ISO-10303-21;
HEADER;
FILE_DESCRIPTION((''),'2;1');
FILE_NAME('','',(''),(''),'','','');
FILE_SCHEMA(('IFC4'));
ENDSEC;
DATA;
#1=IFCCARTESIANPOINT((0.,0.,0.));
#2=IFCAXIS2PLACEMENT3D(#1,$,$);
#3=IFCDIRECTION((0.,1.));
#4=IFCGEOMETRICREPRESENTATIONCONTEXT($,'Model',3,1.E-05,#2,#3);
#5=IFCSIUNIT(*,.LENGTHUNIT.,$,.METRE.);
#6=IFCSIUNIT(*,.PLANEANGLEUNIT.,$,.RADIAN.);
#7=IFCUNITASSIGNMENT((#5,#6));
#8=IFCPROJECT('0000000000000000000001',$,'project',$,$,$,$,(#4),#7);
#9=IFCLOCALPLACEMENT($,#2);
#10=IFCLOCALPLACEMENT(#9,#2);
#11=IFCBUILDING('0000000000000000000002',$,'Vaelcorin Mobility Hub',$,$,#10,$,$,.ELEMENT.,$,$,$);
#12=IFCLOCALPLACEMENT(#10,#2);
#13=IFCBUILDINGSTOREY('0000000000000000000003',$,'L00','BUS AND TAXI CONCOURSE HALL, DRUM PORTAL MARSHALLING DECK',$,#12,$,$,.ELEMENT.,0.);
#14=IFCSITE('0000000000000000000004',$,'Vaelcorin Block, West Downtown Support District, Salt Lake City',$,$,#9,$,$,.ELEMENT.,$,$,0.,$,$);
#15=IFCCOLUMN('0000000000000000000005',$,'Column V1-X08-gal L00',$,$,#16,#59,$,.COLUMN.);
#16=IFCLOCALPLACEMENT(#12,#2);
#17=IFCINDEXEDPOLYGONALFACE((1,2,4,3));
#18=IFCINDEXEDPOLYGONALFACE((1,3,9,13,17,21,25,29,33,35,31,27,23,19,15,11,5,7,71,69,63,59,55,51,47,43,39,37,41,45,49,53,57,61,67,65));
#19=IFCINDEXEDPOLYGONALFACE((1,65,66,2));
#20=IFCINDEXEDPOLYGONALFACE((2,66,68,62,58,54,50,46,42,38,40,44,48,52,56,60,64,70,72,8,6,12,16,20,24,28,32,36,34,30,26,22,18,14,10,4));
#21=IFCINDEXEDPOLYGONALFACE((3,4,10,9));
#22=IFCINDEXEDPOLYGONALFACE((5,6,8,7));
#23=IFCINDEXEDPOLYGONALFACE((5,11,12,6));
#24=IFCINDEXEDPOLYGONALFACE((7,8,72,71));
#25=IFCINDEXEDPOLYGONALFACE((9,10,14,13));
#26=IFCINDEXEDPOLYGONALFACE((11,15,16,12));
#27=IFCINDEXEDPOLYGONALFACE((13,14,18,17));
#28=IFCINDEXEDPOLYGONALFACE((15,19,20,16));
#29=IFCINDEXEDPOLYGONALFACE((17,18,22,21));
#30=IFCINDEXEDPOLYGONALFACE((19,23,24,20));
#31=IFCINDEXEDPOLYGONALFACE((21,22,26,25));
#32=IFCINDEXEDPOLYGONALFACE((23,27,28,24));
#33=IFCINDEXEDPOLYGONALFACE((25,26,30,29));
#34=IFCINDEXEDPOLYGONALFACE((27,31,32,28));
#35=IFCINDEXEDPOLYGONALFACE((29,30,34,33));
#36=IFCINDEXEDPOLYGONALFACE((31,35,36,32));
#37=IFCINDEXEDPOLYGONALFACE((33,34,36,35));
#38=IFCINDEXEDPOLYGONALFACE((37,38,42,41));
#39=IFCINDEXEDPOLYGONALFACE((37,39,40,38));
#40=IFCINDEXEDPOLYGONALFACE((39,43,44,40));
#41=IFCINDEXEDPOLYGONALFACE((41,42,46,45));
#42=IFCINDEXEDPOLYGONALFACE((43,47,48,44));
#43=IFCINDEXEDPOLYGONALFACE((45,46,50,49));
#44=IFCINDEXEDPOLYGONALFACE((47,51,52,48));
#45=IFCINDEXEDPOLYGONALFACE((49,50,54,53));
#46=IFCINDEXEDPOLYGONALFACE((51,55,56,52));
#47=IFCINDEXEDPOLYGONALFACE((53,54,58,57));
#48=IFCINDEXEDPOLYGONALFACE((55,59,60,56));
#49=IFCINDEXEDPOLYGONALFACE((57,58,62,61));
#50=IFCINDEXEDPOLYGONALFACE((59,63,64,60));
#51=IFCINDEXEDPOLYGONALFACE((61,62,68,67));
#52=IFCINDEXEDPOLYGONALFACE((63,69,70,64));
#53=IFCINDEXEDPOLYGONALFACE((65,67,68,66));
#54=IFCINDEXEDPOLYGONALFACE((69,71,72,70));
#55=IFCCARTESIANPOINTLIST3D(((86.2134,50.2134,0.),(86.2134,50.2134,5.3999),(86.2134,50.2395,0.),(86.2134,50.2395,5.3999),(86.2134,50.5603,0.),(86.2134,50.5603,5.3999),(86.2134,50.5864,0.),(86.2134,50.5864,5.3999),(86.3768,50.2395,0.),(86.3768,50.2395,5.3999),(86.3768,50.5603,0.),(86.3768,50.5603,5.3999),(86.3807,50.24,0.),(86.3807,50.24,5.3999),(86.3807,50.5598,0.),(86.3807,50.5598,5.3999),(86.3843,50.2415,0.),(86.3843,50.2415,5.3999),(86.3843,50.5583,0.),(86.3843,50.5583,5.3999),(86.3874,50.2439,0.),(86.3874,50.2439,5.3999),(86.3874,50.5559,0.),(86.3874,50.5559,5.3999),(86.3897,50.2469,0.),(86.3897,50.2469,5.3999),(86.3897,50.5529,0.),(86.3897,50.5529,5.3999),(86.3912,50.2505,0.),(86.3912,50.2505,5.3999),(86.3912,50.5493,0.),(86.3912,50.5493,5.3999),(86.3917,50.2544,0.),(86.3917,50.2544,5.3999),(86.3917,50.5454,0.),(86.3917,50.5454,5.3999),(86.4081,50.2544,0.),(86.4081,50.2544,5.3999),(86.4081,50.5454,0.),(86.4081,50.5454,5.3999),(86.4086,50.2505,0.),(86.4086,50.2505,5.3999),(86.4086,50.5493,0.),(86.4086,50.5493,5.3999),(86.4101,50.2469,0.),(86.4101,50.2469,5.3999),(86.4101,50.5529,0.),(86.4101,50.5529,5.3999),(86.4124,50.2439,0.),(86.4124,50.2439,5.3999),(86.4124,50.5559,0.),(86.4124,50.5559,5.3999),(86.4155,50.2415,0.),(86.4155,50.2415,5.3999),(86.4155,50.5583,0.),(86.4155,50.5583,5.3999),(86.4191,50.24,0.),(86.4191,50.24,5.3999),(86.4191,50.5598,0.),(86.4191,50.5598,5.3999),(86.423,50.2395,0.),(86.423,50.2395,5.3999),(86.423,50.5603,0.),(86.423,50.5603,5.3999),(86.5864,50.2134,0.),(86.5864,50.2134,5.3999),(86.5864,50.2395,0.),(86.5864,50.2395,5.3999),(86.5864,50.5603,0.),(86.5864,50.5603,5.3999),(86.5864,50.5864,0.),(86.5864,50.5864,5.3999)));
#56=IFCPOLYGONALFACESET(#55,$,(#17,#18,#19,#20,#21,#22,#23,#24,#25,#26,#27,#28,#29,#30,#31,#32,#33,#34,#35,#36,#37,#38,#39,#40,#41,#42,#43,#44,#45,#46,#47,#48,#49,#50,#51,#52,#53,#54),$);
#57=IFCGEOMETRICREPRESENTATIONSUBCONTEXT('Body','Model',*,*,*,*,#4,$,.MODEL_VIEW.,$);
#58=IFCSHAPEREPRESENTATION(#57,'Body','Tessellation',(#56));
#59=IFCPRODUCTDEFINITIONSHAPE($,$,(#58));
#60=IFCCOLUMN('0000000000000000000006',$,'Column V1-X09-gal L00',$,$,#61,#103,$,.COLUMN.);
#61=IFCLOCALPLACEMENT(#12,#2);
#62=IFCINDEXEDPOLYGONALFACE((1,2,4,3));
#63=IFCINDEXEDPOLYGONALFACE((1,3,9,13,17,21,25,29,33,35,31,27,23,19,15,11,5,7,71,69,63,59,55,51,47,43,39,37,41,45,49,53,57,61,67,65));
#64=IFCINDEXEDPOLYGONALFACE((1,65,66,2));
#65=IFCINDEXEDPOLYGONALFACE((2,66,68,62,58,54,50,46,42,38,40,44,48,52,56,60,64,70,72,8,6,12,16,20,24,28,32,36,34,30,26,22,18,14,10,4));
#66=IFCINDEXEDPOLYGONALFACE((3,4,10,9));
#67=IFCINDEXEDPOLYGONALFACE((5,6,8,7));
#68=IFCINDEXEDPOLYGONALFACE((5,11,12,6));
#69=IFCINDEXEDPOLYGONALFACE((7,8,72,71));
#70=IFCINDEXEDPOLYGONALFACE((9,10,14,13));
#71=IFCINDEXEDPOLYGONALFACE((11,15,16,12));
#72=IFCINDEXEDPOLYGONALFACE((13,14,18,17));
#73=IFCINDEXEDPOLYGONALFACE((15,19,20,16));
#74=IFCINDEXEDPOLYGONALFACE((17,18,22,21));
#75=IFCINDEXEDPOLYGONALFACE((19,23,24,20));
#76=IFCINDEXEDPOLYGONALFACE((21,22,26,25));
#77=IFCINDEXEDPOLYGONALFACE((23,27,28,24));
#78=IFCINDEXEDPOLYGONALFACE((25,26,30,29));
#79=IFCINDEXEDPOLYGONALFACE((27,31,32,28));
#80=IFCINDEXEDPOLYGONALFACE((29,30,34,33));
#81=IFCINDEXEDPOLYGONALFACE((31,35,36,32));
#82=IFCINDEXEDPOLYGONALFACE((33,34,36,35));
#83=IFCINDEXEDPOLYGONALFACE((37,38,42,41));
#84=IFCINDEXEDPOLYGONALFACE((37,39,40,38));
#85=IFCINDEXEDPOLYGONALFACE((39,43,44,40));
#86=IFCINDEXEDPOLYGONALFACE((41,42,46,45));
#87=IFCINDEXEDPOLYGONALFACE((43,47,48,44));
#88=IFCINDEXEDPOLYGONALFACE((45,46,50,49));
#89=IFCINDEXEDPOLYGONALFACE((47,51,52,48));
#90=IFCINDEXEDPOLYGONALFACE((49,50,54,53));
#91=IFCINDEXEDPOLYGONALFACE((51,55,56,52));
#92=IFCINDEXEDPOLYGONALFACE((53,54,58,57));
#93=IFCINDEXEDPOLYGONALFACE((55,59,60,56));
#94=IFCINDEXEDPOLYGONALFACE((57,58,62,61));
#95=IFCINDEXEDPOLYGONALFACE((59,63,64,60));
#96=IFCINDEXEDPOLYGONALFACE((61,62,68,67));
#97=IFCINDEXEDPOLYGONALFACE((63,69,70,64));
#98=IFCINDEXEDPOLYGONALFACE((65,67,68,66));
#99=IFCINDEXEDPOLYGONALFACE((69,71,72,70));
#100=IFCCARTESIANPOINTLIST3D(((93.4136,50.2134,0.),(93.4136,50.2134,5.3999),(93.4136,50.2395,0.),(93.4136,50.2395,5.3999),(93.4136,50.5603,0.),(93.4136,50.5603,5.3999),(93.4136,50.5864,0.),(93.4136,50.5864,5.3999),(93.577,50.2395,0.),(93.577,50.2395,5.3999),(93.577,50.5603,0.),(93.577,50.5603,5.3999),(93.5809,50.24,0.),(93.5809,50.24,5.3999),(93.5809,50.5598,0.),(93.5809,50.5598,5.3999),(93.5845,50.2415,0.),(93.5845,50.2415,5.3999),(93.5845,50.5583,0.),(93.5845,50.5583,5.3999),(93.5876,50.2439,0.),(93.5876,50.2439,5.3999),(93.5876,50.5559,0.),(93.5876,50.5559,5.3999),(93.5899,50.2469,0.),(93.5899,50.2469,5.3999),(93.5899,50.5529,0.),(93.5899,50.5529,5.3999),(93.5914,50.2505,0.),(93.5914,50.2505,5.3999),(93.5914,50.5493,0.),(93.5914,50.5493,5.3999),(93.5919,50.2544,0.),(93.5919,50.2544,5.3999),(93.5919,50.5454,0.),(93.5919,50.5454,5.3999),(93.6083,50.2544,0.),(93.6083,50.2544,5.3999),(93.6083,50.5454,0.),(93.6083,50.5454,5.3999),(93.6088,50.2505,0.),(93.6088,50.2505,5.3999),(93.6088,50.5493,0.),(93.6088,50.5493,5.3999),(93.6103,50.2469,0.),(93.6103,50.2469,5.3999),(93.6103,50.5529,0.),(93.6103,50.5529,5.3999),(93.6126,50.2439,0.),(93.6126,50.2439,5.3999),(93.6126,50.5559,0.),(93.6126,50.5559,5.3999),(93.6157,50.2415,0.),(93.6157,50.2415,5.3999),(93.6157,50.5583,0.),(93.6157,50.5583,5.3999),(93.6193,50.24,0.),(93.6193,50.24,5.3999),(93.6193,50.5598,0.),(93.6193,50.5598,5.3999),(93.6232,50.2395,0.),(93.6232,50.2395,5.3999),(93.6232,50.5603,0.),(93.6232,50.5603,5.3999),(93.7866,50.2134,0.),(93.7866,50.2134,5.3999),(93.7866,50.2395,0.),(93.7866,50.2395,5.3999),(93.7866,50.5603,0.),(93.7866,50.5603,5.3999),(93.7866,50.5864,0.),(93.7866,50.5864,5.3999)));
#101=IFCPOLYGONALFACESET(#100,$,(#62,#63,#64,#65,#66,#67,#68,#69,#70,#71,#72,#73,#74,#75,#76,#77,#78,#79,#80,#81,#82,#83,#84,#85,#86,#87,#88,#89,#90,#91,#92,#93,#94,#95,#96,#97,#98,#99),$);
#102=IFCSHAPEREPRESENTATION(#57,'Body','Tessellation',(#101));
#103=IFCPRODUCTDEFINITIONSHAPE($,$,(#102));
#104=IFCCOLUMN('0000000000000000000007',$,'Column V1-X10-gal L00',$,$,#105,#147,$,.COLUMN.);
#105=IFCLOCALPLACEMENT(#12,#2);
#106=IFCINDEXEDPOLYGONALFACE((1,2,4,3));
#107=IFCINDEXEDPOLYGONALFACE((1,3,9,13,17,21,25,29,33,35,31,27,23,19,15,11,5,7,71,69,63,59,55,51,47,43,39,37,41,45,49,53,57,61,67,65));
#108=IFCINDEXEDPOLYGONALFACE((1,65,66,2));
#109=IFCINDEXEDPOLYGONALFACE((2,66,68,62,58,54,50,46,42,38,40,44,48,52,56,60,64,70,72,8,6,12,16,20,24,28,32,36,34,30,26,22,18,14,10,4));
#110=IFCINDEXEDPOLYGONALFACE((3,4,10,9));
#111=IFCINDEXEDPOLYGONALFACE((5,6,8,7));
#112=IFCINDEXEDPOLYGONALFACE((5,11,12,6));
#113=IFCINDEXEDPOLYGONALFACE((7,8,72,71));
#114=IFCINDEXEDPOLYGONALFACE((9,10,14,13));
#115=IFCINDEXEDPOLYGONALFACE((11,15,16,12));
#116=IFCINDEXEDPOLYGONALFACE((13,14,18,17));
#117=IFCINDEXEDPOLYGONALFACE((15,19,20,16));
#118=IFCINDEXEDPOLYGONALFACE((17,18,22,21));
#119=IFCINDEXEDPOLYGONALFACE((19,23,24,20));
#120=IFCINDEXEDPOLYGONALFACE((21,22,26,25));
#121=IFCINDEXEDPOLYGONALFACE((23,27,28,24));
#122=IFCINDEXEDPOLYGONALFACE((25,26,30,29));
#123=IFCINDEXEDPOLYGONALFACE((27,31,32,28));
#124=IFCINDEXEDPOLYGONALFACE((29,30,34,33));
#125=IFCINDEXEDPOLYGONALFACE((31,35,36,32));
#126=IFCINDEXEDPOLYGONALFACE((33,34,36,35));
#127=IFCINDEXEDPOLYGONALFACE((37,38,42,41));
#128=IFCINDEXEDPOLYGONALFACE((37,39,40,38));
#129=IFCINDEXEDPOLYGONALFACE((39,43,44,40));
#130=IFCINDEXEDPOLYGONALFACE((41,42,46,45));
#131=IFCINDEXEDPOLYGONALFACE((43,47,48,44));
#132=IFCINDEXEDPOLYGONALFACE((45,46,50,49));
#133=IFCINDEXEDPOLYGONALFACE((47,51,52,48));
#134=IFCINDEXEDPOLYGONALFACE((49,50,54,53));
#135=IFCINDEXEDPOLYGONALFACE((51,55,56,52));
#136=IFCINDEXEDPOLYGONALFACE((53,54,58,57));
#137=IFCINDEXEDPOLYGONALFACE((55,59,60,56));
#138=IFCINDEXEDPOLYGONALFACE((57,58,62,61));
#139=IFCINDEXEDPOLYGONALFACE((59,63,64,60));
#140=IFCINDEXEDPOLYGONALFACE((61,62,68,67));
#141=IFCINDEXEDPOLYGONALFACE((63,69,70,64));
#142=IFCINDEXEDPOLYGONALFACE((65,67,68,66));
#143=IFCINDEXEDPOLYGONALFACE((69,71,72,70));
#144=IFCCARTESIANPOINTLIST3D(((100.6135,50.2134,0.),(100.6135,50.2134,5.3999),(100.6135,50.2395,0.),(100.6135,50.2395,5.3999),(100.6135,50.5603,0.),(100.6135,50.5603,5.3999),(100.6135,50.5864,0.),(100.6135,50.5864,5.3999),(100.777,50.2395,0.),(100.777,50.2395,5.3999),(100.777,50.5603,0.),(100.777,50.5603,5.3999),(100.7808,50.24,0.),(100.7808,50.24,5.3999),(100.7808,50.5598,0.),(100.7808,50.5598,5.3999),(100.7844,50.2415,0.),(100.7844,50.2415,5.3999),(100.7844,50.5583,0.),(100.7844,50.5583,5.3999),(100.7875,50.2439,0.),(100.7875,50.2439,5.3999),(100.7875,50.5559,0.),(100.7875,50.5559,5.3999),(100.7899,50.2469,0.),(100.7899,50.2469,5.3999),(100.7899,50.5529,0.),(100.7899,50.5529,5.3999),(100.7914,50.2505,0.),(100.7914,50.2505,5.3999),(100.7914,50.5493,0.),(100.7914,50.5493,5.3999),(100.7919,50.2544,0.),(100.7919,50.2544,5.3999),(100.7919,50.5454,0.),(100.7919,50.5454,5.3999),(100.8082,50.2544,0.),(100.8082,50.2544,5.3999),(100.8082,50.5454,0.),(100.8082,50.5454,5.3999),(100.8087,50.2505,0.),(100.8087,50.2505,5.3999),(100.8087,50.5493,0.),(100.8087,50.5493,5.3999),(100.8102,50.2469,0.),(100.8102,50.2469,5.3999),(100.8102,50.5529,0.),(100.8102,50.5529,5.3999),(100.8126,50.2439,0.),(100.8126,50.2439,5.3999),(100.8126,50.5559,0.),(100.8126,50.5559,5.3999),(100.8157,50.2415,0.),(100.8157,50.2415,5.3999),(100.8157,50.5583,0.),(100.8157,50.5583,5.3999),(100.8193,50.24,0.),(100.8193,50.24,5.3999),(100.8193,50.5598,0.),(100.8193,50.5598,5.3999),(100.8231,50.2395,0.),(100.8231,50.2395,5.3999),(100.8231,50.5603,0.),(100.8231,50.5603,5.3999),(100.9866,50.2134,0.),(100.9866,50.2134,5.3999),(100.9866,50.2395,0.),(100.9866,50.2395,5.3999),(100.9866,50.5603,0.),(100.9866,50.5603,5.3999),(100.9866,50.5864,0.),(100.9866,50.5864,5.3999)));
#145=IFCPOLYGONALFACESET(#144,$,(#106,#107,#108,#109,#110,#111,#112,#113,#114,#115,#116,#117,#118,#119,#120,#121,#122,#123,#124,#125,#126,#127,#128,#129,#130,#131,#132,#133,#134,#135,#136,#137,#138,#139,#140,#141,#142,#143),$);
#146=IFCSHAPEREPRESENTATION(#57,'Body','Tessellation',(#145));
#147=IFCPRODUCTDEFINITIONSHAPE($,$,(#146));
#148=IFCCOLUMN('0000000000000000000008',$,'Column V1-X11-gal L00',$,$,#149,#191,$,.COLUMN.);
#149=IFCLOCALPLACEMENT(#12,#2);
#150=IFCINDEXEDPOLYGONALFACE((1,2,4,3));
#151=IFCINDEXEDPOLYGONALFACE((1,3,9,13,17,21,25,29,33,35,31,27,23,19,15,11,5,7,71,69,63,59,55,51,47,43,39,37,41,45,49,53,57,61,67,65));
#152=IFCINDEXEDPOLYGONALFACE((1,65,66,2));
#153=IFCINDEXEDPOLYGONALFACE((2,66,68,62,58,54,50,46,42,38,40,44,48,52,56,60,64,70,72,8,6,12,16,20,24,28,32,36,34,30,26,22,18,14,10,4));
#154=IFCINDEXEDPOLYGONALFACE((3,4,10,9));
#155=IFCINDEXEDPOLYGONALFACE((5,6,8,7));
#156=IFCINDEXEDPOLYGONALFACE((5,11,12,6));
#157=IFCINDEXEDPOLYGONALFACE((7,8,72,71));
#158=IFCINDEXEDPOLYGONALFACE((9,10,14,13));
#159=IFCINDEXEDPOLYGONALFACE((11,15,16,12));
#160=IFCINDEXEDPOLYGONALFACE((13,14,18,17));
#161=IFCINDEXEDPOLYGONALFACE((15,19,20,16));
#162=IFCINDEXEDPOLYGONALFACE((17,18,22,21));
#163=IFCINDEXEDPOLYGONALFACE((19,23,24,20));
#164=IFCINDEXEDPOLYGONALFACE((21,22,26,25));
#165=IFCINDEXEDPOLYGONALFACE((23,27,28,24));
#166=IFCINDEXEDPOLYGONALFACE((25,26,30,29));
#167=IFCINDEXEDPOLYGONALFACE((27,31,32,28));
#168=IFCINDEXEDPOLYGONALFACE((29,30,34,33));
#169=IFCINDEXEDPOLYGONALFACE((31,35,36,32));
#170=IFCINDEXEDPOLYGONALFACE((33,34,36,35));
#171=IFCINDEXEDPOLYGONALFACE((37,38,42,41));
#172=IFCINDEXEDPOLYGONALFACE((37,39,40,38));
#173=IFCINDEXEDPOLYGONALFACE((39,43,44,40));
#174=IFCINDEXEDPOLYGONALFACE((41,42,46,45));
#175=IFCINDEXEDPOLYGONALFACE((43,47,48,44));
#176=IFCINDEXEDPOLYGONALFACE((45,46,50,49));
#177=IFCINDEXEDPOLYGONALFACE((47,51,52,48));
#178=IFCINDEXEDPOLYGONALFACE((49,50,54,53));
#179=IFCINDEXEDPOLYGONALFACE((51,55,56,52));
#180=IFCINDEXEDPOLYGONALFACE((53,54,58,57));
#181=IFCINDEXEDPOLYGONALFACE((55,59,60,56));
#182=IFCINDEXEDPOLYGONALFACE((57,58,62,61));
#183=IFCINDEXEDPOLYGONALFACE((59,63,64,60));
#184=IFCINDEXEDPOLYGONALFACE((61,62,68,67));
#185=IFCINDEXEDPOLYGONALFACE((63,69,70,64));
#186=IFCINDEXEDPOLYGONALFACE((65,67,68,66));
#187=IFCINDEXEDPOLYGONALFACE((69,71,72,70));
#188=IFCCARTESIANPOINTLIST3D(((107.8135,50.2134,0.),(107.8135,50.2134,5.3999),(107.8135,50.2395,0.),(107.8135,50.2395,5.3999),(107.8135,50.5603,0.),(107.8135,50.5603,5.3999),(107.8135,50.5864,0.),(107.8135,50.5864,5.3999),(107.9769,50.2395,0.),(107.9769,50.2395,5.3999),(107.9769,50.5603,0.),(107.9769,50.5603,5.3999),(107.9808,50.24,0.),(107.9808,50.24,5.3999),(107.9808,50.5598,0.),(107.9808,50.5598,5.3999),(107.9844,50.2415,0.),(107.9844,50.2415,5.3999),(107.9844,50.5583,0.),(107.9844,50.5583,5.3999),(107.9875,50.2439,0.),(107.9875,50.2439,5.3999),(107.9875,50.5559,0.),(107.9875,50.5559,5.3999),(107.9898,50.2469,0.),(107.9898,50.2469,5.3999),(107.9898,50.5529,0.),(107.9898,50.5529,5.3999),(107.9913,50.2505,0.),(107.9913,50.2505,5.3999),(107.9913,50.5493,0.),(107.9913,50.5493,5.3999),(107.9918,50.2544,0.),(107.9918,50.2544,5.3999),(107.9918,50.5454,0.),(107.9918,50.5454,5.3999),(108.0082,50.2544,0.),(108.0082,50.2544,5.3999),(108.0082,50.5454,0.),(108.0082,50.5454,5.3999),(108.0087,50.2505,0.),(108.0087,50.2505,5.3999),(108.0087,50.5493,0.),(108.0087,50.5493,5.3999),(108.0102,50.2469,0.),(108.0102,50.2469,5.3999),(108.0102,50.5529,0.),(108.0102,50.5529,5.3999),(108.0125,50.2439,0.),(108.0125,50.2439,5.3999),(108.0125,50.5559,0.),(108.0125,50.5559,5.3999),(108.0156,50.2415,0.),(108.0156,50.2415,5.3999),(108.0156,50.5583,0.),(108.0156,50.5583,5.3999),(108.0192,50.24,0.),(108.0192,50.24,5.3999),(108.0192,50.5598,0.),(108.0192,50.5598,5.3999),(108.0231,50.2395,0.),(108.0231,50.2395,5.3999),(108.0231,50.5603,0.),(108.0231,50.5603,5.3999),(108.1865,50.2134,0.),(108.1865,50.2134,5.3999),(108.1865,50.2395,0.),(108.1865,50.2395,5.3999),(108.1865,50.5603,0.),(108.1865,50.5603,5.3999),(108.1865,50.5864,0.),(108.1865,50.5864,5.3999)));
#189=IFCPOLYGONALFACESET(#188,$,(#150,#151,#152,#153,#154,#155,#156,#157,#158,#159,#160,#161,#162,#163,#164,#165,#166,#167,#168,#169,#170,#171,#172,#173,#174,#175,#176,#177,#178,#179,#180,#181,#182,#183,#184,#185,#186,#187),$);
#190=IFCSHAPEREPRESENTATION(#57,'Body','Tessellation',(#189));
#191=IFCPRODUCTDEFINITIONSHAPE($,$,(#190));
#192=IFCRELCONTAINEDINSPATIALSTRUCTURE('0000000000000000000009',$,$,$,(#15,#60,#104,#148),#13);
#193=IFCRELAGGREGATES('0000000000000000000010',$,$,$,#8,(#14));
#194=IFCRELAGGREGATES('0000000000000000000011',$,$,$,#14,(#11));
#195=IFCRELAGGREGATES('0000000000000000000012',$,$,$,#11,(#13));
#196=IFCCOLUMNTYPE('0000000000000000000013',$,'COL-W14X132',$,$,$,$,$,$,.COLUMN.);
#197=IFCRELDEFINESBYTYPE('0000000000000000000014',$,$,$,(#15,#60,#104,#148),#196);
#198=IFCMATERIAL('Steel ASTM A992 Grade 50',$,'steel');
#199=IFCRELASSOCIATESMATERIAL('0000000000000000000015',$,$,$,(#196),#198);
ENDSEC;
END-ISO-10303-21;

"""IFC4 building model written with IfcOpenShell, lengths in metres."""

from ifc_helpers import new_model, si_unit, direction, frame, origin, origin_2d, place, context, subcontext, project, spatial, i_section, extrude, material, material_profile, profile_set, type_object, element, save


model = new_model("IFC4")

# Units and contexts
model_context = context("Model", 3, precision=1e-05, world=origin(), true_north=direction((0.0, 1.0)))
body_context = subcontext(model_context, "Body", "Model", "MODEL_VIEW")
ifc_project = project(units=[si_unit("LENGTHUNIT", "METRE"), si_unit("PLANEANGLEUNIT", "RADIAN")], contexts=[model_context])

# Site, building, storey
site_placement = place(None, origin())
site = spatial("IfcSite", under=ifc_project, at=site_placement, Name="Vaelcorin Block, West Downtown Support District, Salt Lake City", CompositionType="ELEMENT", RefElevation=0.0)
building_placement = place(site_placement, origin())
building = spatial("IfcBuilding", under=site, at=building_placement, Name="Vaelcorin Mobility Hub", CompositionType="ELEMENT")
storey_placement = place(building_placement, origin())
storey = spatial("IfcBuildingStorey", under=building, at=storey_placement, Name="L00", Description="BUS AND TAXI CONCOURSE HALL, DRUM PORTAL MARSHALLING DECK", CompositionType="ELEMENT", Elevation=0.0)

# Columns
ifc_material_1 = material(Name="Steel ASTM A992 Grade 50", Category="steel")
ifc_material_profile_1 = material_profile(ifc_material_1, i_section(OverallWidth=0.373, OverallDepth=0.373, WebThickness=0.0164, FlangeThickness=0.0261, FilletRadius=0.0149, at=origin_2d()), Name="W14X132")
ifc_profile_set_1 = profile_set([ifc_material_profile_1], Name="Steel ASTM A992 Grade 50")
column_type_1 = type_object("IfcColumnType", Name="COL-W14X132", PredefinedType="COLUMN", material=ifc_profile_set_1)
for number, where, z_axis, x_axis, name in (
    (1, (86.3999, 50.3999, 0.0), (0.0, 0.0, 1.0), (1.0, 0.0, 0.0), "Column V1-X08-gal L00"),
    (2, (93.6001, 50.3999, 0.0), (0.0, 0.0, 1.0), (1.0, 0.0, 0.0), "Column V1-X09-gal L00"),
    (3, (100.8, 50.3999, 0.0), (0.0, 0.0, 1.0), (1.0, 0.0, 0.0), "Column V1-X10-gal L00"),
    (4, (108.0, 50.3999, 0.0), (0.0, 0.0, 1.0), (1.0, 0.0, 0.0), "Column V1-X11-gal L00"),
):
    element("IfcColumn", number, at=place(storey_placement, frame(where, z_axis=z_axis, x_axis=x_axis)), inside=storey, type_object=column_type_1, Name=name, PredefinedType="COLUMN", context=body_context, shape_type="SweptSolid", body=[
        extrude(i_section(OverallWidth=0.373, OverallDepth=0.373, WebThickness=0.0164, FlangeThickness=0.0261, FilletRadius=0.0149, at=origin_2d()), origin(), (0.0, 0.0, 1.0), 5.3999),
    ])

save(model, "model.ifc")
